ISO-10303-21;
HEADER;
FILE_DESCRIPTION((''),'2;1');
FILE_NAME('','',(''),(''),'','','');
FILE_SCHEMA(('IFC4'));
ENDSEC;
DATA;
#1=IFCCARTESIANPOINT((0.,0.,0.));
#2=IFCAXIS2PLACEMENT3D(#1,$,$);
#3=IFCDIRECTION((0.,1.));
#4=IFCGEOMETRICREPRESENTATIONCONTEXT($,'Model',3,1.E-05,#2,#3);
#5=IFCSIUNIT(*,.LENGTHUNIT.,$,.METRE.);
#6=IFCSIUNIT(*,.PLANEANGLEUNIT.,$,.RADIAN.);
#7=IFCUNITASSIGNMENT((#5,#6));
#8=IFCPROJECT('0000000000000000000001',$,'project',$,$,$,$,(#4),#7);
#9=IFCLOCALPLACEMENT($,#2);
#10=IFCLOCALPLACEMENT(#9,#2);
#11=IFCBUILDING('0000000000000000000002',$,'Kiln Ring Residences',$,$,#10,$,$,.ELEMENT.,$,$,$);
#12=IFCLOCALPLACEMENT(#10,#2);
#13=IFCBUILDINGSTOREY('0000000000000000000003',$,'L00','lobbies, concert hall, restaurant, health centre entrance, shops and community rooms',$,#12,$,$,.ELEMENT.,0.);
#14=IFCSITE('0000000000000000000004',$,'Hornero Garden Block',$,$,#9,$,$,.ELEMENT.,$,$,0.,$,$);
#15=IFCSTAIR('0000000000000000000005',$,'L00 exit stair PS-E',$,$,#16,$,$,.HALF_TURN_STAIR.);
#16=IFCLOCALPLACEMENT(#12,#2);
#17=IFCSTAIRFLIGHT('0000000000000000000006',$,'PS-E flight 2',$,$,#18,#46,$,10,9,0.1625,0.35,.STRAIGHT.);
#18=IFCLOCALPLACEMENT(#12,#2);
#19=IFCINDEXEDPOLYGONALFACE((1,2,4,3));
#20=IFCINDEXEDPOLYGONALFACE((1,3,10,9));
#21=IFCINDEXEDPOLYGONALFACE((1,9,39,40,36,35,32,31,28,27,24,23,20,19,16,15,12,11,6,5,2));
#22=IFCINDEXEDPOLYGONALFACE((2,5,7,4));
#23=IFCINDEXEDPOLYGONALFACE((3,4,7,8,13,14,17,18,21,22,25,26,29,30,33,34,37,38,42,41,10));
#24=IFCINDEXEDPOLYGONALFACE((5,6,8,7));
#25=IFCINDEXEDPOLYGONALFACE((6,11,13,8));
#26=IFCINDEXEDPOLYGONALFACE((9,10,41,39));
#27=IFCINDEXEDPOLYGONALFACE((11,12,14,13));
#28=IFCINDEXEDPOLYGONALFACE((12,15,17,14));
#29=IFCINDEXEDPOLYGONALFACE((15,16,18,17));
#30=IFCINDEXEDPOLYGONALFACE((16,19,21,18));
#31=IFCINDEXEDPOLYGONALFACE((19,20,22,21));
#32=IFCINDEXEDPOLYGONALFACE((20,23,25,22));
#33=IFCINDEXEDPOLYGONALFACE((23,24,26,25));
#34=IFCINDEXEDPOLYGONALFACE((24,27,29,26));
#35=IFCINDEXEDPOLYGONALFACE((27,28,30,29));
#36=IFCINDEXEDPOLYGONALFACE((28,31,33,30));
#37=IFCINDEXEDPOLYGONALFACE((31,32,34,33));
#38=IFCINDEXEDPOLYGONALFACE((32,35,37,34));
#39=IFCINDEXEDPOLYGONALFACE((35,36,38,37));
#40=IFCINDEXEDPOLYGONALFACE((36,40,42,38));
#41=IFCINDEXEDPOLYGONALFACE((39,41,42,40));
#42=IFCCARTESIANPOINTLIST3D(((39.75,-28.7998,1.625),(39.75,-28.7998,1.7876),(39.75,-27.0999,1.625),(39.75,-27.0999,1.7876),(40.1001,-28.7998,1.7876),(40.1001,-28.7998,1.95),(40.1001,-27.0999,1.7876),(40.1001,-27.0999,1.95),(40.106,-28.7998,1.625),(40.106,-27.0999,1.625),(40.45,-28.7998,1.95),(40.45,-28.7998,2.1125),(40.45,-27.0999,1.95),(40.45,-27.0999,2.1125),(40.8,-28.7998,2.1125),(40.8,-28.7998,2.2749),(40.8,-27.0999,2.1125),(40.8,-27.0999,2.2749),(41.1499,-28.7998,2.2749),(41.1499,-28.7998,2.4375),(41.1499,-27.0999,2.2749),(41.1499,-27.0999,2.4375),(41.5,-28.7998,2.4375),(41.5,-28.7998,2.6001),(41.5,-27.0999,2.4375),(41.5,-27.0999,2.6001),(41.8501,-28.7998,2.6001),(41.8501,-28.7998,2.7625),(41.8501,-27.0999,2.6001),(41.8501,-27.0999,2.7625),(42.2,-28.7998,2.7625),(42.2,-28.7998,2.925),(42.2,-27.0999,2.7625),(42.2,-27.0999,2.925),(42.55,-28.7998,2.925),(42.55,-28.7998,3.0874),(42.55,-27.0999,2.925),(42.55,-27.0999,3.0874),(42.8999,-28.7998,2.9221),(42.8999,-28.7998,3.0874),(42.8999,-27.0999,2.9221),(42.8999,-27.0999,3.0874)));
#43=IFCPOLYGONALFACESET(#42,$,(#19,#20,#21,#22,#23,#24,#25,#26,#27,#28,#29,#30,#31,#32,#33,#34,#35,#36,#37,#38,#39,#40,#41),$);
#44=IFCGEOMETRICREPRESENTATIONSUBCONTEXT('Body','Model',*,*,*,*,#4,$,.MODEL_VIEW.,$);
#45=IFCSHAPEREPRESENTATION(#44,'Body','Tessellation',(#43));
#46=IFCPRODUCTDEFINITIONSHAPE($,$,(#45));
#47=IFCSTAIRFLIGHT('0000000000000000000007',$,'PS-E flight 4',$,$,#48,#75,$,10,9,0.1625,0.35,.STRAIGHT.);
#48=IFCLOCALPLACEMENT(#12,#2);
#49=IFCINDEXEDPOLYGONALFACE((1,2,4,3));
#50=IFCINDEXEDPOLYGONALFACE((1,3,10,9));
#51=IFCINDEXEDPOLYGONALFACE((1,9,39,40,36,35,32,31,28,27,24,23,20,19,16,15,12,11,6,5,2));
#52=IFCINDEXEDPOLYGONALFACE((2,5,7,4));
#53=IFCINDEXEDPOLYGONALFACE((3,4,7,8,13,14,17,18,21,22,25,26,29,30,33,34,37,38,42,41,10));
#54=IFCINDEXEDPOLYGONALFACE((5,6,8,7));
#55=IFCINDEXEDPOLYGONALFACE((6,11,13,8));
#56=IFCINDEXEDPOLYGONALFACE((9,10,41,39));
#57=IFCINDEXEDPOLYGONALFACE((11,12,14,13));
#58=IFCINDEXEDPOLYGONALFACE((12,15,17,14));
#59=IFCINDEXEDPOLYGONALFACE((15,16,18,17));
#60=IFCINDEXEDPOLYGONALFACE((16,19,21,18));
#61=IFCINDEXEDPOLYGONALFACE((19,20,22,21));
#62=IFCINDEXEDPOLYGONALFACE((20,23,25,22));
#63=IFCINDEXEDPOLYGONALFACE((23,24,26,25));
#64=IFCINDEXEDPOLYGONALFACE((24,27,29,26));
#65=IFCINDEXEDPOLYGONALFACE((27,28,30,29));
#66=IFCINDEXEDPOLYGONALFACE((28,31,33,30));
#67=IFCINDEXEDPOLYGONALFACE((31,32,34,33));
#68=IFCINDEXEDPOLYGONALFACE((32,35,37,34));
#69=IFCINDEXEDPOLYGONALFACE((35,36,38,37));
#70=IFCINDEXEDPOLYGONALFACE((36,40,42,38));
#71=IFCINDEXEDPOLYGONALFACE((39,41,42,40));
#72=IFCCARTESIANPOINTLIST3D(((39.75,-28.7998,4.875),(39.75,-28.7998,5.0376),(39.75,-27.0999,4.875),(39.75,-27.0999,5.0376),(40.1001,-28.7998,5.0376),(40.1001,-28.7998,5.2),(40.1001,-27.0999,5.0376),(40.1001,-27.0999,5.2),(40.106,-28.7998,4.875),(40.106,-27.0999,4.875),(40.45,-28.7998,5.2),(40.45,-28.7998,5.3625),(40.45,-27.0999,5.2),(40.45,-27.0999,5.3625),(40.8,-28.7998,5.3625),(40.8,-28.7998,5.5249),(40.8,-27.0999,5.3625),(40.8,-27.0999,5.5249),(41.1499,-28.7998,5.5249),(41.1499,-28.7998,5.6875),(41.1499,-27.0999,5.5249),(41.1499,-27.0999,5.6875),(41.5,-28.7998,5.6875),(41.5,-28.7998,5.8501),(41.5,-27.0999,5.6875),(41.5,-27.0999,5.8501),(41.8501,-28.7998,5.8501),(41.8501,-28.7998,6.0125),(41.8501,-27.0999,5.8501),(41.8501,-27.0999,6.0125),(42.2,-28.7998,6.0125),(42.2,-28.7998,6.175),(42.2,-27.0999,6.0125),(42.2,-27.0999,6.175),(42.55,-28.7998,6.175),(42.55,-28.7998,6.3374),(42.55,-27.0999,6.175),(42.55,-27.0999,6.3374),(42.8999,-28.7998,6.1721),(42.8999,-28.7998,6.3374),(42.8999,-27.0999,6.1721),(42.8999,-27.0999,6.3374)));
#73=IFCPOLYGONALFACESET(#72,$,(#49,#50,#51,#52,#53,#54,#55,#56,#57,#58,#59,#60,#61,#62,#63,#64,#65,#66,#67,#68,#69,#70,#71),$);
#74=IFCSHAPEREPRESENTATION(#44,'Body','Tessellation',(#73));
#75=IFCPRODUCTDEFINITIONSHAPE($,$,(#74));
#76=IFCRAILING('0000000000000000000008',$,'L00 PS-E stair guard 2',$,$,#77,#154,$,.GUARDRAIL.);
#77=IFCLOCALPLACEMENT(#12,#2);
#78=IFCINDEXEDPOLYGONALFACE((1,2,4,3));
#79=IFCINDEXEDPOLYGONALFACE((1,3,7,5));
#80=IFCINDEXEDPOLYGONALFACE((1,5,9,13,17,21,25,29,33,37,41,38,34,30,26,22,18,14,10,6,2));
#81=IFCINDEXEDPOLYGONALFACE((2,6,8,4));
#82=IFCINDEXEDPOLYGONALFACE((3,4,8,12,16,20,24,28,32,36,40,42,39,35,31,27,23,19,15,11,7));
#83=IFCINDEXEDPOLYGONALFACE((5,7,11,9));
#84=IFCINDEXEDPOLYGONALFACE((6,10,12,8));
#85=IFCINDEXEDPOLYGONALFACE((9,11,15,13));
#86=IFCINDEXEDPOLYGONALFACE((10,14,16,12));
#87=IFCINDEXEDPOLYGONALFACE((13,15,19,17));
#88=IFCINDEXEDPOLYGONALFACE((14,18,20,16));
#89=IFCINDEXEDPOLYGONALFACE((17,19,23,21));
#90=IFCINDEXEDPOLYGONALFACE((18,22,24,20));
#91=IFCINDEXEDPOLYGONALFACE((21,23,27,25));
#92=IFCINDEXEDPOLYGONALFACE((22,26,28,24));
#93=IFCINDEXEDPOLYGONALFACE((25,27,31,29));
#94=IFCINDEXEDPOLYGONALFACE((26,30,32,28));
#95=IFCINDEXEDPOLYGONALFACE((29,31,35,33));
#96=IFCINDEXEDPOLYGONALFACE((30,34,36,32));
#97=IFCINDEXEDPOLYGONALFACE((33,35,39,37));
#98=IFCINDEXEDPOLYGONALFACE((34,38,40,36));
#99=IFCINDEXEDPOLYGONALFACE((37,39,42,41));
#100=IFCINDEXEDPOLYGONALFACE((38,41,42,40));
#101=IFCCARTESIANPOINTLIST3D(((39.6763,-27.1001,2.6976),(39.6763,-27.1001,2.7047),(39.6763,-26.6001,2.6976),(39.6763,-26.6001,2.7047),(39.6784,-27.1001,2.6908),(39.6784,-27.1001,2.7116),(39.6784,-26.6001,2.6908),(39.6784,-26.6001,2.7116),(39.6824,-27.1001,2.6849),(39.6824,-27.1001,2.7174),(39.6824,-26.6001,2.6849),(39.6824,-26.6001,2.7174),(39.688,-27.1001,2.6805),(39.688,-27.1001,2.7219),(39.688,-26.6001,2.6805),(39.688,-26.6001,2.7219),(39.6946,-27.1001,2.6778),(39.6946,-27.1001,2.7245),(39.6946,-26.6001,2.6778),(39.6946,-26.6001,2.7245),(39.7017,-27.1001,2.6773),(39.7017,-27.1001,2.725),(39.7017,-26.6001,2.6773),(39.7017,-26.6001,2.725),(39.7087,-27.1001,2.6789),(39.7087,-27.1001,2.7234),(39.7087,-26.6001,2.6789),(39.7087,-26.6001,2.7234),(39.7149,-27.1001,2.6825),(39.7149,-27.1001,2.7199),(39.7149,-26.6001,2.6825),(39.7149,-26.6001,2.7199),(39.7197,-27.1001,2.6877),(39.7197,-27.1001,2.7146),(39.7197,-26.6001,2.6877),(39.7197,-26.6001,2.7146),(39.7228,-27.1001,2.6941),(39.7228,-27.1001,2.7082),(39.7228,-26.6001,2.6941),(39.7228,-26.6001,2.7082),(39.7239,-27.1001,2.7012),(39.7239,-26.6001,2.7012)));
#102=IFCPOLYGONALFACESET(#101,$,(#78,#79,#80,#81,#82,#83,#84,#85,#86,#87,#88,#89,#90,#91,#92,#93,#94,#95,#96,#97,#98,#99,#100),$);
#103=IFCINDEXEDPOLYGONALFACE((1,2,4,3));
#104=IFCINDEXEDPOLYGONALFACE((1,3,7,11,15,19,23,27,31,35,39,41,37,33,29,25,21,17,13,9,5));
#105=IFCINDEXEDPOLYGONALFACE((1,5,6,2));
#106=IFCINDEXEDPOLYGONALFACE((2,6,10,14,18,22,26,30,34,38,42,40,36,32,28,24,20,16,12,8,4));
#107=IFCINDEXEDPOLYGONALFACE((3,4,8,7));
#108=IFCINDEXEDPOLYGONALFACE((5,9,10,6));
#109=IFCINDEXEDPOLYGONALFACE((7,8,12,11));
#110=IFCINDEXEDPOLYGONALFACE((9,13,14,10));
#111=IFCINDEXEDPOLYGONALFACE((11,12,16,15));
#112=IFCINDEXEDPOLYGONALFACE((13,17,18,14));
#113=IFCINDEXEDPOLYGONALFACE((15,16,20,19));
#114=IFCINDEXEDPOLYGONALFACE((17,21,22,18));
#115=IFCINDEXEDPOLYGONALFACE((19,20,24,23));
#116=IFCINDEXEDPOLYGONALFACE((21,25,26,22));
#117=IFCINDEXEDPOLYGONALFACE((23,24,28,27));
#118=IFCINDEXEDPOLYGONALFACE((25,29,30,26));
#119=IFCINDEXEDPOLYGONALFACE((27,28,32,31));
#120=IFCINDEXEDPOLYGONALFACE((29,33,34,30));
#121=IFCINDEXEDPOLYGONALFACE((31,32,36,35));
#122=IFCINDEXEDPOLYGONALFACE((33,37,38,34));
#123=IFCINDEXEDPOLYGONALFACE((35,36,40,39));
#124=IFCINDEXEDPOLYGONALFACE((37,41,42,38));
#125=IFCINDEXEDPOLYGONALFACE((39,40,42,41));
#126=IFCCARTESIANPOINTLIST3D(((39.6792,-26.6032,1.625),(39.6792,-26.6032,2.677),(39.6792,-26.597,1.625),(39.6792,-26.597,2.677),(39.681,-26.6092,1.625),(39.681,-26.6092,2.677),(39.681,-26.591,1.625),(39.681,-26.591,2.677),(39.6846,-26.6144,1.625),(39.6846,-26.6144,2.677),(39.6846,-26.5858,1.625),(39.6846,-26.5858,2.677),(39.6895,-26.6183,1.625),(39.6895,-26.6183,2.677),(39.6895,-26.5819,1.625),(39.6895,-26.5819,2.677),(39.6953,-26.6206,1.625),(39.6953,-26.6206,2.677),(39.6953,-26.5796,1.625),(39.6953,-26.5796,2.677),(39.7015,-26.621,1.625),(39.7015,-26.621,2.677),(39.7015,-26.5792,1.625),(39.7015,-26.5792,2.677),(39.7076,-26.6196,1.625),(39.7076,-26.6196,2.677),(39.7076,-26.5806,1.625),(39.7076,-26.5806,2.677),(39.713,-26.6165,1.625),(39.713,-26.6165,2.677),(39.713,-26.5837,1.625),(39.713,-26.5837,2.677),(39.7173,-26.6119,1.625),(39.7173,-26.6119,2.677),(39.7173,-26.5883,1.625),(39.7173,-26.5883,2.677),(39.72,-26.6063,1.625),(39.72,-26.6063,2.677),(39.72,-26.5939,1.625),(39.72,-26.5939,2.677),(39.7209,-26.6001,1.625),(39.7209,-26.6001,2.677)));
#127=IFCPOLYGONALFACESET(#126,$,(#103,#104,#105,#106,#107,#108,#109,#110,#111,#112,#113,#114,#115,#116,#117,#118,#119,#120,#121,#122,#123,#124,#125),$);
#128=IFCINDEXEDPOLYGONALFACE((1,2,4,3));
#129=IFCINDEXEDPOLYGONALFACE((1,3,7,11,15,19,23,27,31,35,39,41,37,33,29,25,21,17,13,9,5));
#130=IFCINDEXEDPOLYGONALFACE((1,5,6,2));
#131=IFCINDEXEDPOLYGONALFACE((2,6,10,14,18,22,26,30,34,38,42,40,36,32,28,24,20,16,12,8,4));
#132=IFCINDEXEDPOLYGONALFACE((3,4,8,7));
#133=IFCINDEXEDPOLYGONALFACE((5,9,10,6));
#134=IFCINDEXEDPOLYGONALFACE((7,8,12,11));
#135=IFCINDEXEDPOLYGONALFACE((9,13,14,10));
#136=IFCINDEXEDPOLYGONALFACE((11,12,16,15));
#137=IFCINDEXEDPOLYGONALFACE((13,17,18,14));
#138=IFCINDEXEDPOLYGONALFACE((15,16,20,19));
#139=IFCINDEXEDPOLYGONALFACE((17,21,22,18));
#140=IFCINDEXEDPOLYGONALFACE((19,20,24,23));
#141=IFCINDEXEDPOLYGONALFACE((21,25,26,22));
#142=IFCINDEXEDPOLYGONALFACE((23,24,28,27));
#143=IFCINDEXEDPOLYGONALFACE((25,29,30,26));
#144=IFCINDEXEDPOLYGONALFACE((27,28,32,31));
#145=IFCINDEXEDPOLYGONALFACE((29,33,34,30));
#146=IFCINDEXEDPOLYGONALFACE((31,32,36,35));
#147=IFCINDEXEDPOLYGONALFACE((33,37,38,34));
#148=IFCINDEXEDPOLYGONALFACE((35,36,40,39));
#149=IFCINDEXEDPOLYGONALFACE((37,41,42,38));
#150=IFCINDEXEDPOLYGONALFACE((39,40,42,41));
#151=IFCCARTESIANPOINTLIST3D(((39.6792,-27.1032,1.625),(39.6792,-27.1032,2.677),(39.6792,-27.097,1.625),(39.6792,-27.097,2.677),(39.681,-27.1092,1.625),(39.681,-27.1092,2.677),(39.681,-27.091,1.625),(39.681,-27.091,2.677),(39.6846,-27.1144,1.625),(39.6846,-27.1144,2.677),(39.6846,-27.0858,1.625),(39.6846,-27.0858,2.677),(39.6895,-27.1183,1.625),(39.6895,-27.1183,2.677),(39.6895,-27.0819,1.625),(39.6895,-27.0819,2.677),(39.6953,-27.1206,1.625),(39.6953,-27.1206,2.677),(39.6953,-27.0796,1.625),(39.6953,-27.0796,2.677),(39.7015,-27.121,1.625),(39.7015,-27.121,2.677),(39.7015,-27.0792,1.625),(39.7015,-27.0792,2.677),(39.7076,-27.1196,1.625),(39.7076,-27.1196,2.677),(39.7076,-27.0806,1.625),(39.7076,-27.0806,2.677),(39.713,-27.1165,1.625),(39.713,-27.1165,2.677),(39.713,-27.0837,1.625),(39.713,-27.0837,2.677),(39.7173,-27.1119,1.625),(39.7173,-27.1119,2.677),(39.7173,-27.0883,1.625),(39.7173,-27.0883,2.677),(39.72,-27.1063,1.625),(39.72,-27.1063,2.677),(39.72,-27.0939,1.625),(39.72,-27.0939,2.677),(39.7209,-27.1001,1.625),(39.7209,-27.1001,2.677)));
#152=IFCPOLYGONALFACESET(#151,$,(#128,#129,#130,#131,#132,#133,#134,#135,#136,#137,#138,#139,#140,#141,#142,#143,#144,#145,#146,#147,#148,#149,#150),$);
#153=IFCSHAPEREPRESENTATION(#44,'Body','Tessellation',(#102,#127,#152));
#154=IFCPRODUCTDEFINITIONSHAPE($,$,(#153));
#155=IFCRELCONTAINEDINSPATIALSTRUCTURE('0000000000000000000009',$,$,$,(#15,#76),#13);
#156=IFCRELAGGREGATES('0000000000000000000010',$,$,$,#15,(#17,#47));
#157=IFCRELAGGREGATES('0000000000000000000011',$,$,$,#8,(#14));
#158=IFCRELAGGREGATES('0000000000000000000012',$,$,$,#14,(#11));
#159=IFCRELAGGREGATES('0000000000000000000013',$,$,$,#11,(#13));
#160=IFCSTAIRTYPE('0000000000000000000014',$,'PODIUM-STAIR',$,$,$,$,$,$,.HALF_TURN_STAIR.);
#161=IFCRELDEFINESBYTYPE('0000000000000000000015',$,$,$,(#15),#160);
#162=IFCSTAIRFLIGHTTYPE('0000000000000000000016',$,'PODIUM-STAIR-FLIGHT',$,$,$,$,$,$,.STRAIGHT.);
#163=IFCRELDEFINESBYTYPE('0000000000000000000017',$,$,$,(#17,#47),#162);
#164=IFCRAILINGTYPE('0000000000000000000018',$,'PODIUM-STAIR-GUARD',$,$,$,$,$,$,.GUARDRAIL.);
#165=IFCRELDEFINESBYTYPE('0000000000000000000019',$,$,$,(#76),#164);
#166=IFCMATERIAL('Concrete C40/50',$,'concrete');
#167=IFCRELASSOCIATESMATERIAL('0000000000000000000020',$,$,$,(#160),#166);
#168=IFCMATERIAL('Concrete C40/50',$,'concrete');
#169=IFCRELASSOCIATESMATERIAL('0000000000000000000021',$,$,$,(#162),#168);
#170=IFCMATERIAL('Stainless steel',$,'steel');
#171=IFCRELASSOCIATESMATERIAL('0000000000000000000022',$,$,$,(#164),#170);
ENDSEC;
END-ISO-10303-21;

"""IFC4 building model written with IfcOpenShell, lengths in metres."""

from ifc_helpers import new_model, si_unit, direction, frame, origin, origin_2d, place, context, subcontext, project, spatial, polyline, circle, outline, extrude, material, type_object, element, aggregate, save


model = new_model("IFC4")

# Units and contexts
model_context = context("Model", 3, precision=1e-05, world=origin(), true_north=direction((0.0, 1.0)))
body_context = subcontext(model_context, "Body", "Model", "MODEL_VIEW")
ifc_project = project(units=[si_unit("LENGTHUNIT", "METRE"), si_unit("PLANEANGLEUNIT", "RADIAN")], contexts=[model_context])

# Site, building, storey
site_placement = place(None, origin())
site = spatial("IfcSite", under=ifc_project, at=site_placement, Name="Hornero Garden Block", CompositionType="ELEMENT", RefElevation=0.0)
building_placement = place(site_placement, origin())
building = spatial("IfcBuilding", under=site, at=building_placement, Name="Kiln Ring Residences", CompositionType="ELEMENT")
storey_placement = place(building_placement, origin())
storey = spatial("IfcBuildingStorey", under=building, at=storey_placement, Name="L00", Description="lobbies, concert hall, restaurant, health centre entrance, shops and community rooms", CompositionType="ELEMENT", Elevation=0.0)

# Shared definitions
placement = place(storey_placement, origin())

# Stair, stair flights
ifc_material_1 = material(Name="Concrete C40/50", Category="concrete")
stair_type = type_object("IfcStairType", Name="PODIUM-STAIR", PredefinedType="HALF_TURN_STAIR", material=ifc_material_1)
stair = element("IfcStair", 1, at=placement, inside=storey, type_object=stair_type, Name="L00 exit stair PS-E", PredefinedType="HALF_TURN_STAIR")
ifc_material_2 = material(Name="Concrete C40/50", Category="concrete")
stair_flight_type = type_object("IfcStairFlightType", Name="PODIUM-STAIR-FLIGHT", PredefinedType="STRAIGHT", material=ifc_material_2)
stair_flight_1_placement = place(storey_placement, frame((39.75, -27.95, 1.625), z_axis=(0.0, 0.0, 1.0), x_axis=(1.0, 0.0, 0.0)))
stair_flight_1 = element("IfcStairFlight", 2, at=stair_flight_1_placement, type_object=stair_flight_type, Name="PS-E flight 2", NumberOfRisers=10, NumberOfTreads=9, PredefinedType="STRAIGHT", RiserHeight=0.1625, TreadLength=0.35, context=body_context, shape_type="SweptSolid", body=[
    extrude(outline(polyline([(0.0, 0.0), (0.0, 0.1626), (0.3501, 0.1626), (0.3501, 0.325), (0.7, 0.325), (0.7, 0.4875), (1.05, 0.4875), (1.05, 0.6499), (1.3999, 0.6499), (1.3999, 0.8125), (1.75, 0.8125), (1.75, 0.9751), (2.1001, 0.9751), (2.1001, 1.1375), (2.45, 1.1375), (2.45, 1.3), (2.8, 1.3), (2.8, 1.4624), (3.1499, 1.4624), (3.1499, 1.625), (3.1499, 1.2971), (0.356, 0.0), (0.0, 0.0)])), frame((0.0, 0.8501, 0.0), z_axis=(0.0, -1.0, 0.0), x_axis=(1.0, 0.0, 0.0)), (0.0, 0.0, 1.0), 1.7),
])
stair_flight_2_placement = place(storey_placement, frame((39.75, -27.95, 4.875), z_axis=(0.0, 0.0, 1.0), x_axis=(1.0, 0.0, 0.0)))
stair_flight_2 = element("IfcStairFlight", 3, at=stair_flight_2_placement, type_object=stair_flight_type, Name="PS-E flight 4", NumberOfRisers=10, NumberOfTreads=9, PredefinedType="STRAIGHT", RiserHeight=0.1625, TreadLength=0.35, context=body_context, shape_type="SweptSolid", body=[
    extrude(outline(polyline([(0.0, 0.0), (0.0, 0.1626), (0.3501, 0.1626), (0.3501, 0.325), (0.7, 0.325), (0.7, 0.4875), (1.05, 0.4875), (1.05, 0.6499), (1.3999, 0.6499), (1.3999, 0.8125), (1.75, 0.8125), (1.75, 0.9751), (2.1001, 0.9751), (2.1001, 1.1375), (2.45, 1.1375), (2.45, 1.3), (2.8, 1.3), (2.8, 1.4624), (3.1499, 1.4624), (3.1499, 1.625), (3.1499, 1.2971), (0.356, 0.0), (0.0, 0.0)])), frame((0.0, 0.8501, 0.0), z_axis=(0.0, -1.0, 0.0), x_axis=(1.0, 0.0, 0.0)), (0.0, 0.0, 1.0), 1.7),
])
aggregate(stair, [stair_flight_1, stair_flight_2])

# Railing
ifc_material_3 = material(Name="Stainless steel", Category="steel")
railing_type_1 = type_object("IfcRailingType", Name="PODIUM-STAIR-GUARD", PredefinedType="GUARDRAIL", material=ifc_material_3)
for number, where, name in (
    (4, (39.7, -26.6001, 1.625), "L00 PS-E stair guard 2"),
):
    element("IfcRailing", number, at=place(storey_placement, frame(where)), inside=storey, type_object=railing_type_1, Name=name, PredefinedType="GUARDRAIL", context=body_context, shape_type="SweptSolid", body=[
        extrude(circle(Radius=0.0239, at=origin_2d()), frame((0.0, 0.0, 1.0762), z_axis=(0.0, -1.0, 0.0), x_axis=(1.0, 0.0, 0.0)), (0.0, 0.0, 1.0), 0.5),
        extrude(circle(Radius=0.021, at=origin_2d()), origin(), (0.0, 0.0, 1.0), 1.052),
        extrude(circle(Radius=0.021, at=origin_2d()), frame((0.0, -0.5, 0.0)), (0.0, 0.0, 1.0), 1.052),
    ])

save(model, "model.ifc")
